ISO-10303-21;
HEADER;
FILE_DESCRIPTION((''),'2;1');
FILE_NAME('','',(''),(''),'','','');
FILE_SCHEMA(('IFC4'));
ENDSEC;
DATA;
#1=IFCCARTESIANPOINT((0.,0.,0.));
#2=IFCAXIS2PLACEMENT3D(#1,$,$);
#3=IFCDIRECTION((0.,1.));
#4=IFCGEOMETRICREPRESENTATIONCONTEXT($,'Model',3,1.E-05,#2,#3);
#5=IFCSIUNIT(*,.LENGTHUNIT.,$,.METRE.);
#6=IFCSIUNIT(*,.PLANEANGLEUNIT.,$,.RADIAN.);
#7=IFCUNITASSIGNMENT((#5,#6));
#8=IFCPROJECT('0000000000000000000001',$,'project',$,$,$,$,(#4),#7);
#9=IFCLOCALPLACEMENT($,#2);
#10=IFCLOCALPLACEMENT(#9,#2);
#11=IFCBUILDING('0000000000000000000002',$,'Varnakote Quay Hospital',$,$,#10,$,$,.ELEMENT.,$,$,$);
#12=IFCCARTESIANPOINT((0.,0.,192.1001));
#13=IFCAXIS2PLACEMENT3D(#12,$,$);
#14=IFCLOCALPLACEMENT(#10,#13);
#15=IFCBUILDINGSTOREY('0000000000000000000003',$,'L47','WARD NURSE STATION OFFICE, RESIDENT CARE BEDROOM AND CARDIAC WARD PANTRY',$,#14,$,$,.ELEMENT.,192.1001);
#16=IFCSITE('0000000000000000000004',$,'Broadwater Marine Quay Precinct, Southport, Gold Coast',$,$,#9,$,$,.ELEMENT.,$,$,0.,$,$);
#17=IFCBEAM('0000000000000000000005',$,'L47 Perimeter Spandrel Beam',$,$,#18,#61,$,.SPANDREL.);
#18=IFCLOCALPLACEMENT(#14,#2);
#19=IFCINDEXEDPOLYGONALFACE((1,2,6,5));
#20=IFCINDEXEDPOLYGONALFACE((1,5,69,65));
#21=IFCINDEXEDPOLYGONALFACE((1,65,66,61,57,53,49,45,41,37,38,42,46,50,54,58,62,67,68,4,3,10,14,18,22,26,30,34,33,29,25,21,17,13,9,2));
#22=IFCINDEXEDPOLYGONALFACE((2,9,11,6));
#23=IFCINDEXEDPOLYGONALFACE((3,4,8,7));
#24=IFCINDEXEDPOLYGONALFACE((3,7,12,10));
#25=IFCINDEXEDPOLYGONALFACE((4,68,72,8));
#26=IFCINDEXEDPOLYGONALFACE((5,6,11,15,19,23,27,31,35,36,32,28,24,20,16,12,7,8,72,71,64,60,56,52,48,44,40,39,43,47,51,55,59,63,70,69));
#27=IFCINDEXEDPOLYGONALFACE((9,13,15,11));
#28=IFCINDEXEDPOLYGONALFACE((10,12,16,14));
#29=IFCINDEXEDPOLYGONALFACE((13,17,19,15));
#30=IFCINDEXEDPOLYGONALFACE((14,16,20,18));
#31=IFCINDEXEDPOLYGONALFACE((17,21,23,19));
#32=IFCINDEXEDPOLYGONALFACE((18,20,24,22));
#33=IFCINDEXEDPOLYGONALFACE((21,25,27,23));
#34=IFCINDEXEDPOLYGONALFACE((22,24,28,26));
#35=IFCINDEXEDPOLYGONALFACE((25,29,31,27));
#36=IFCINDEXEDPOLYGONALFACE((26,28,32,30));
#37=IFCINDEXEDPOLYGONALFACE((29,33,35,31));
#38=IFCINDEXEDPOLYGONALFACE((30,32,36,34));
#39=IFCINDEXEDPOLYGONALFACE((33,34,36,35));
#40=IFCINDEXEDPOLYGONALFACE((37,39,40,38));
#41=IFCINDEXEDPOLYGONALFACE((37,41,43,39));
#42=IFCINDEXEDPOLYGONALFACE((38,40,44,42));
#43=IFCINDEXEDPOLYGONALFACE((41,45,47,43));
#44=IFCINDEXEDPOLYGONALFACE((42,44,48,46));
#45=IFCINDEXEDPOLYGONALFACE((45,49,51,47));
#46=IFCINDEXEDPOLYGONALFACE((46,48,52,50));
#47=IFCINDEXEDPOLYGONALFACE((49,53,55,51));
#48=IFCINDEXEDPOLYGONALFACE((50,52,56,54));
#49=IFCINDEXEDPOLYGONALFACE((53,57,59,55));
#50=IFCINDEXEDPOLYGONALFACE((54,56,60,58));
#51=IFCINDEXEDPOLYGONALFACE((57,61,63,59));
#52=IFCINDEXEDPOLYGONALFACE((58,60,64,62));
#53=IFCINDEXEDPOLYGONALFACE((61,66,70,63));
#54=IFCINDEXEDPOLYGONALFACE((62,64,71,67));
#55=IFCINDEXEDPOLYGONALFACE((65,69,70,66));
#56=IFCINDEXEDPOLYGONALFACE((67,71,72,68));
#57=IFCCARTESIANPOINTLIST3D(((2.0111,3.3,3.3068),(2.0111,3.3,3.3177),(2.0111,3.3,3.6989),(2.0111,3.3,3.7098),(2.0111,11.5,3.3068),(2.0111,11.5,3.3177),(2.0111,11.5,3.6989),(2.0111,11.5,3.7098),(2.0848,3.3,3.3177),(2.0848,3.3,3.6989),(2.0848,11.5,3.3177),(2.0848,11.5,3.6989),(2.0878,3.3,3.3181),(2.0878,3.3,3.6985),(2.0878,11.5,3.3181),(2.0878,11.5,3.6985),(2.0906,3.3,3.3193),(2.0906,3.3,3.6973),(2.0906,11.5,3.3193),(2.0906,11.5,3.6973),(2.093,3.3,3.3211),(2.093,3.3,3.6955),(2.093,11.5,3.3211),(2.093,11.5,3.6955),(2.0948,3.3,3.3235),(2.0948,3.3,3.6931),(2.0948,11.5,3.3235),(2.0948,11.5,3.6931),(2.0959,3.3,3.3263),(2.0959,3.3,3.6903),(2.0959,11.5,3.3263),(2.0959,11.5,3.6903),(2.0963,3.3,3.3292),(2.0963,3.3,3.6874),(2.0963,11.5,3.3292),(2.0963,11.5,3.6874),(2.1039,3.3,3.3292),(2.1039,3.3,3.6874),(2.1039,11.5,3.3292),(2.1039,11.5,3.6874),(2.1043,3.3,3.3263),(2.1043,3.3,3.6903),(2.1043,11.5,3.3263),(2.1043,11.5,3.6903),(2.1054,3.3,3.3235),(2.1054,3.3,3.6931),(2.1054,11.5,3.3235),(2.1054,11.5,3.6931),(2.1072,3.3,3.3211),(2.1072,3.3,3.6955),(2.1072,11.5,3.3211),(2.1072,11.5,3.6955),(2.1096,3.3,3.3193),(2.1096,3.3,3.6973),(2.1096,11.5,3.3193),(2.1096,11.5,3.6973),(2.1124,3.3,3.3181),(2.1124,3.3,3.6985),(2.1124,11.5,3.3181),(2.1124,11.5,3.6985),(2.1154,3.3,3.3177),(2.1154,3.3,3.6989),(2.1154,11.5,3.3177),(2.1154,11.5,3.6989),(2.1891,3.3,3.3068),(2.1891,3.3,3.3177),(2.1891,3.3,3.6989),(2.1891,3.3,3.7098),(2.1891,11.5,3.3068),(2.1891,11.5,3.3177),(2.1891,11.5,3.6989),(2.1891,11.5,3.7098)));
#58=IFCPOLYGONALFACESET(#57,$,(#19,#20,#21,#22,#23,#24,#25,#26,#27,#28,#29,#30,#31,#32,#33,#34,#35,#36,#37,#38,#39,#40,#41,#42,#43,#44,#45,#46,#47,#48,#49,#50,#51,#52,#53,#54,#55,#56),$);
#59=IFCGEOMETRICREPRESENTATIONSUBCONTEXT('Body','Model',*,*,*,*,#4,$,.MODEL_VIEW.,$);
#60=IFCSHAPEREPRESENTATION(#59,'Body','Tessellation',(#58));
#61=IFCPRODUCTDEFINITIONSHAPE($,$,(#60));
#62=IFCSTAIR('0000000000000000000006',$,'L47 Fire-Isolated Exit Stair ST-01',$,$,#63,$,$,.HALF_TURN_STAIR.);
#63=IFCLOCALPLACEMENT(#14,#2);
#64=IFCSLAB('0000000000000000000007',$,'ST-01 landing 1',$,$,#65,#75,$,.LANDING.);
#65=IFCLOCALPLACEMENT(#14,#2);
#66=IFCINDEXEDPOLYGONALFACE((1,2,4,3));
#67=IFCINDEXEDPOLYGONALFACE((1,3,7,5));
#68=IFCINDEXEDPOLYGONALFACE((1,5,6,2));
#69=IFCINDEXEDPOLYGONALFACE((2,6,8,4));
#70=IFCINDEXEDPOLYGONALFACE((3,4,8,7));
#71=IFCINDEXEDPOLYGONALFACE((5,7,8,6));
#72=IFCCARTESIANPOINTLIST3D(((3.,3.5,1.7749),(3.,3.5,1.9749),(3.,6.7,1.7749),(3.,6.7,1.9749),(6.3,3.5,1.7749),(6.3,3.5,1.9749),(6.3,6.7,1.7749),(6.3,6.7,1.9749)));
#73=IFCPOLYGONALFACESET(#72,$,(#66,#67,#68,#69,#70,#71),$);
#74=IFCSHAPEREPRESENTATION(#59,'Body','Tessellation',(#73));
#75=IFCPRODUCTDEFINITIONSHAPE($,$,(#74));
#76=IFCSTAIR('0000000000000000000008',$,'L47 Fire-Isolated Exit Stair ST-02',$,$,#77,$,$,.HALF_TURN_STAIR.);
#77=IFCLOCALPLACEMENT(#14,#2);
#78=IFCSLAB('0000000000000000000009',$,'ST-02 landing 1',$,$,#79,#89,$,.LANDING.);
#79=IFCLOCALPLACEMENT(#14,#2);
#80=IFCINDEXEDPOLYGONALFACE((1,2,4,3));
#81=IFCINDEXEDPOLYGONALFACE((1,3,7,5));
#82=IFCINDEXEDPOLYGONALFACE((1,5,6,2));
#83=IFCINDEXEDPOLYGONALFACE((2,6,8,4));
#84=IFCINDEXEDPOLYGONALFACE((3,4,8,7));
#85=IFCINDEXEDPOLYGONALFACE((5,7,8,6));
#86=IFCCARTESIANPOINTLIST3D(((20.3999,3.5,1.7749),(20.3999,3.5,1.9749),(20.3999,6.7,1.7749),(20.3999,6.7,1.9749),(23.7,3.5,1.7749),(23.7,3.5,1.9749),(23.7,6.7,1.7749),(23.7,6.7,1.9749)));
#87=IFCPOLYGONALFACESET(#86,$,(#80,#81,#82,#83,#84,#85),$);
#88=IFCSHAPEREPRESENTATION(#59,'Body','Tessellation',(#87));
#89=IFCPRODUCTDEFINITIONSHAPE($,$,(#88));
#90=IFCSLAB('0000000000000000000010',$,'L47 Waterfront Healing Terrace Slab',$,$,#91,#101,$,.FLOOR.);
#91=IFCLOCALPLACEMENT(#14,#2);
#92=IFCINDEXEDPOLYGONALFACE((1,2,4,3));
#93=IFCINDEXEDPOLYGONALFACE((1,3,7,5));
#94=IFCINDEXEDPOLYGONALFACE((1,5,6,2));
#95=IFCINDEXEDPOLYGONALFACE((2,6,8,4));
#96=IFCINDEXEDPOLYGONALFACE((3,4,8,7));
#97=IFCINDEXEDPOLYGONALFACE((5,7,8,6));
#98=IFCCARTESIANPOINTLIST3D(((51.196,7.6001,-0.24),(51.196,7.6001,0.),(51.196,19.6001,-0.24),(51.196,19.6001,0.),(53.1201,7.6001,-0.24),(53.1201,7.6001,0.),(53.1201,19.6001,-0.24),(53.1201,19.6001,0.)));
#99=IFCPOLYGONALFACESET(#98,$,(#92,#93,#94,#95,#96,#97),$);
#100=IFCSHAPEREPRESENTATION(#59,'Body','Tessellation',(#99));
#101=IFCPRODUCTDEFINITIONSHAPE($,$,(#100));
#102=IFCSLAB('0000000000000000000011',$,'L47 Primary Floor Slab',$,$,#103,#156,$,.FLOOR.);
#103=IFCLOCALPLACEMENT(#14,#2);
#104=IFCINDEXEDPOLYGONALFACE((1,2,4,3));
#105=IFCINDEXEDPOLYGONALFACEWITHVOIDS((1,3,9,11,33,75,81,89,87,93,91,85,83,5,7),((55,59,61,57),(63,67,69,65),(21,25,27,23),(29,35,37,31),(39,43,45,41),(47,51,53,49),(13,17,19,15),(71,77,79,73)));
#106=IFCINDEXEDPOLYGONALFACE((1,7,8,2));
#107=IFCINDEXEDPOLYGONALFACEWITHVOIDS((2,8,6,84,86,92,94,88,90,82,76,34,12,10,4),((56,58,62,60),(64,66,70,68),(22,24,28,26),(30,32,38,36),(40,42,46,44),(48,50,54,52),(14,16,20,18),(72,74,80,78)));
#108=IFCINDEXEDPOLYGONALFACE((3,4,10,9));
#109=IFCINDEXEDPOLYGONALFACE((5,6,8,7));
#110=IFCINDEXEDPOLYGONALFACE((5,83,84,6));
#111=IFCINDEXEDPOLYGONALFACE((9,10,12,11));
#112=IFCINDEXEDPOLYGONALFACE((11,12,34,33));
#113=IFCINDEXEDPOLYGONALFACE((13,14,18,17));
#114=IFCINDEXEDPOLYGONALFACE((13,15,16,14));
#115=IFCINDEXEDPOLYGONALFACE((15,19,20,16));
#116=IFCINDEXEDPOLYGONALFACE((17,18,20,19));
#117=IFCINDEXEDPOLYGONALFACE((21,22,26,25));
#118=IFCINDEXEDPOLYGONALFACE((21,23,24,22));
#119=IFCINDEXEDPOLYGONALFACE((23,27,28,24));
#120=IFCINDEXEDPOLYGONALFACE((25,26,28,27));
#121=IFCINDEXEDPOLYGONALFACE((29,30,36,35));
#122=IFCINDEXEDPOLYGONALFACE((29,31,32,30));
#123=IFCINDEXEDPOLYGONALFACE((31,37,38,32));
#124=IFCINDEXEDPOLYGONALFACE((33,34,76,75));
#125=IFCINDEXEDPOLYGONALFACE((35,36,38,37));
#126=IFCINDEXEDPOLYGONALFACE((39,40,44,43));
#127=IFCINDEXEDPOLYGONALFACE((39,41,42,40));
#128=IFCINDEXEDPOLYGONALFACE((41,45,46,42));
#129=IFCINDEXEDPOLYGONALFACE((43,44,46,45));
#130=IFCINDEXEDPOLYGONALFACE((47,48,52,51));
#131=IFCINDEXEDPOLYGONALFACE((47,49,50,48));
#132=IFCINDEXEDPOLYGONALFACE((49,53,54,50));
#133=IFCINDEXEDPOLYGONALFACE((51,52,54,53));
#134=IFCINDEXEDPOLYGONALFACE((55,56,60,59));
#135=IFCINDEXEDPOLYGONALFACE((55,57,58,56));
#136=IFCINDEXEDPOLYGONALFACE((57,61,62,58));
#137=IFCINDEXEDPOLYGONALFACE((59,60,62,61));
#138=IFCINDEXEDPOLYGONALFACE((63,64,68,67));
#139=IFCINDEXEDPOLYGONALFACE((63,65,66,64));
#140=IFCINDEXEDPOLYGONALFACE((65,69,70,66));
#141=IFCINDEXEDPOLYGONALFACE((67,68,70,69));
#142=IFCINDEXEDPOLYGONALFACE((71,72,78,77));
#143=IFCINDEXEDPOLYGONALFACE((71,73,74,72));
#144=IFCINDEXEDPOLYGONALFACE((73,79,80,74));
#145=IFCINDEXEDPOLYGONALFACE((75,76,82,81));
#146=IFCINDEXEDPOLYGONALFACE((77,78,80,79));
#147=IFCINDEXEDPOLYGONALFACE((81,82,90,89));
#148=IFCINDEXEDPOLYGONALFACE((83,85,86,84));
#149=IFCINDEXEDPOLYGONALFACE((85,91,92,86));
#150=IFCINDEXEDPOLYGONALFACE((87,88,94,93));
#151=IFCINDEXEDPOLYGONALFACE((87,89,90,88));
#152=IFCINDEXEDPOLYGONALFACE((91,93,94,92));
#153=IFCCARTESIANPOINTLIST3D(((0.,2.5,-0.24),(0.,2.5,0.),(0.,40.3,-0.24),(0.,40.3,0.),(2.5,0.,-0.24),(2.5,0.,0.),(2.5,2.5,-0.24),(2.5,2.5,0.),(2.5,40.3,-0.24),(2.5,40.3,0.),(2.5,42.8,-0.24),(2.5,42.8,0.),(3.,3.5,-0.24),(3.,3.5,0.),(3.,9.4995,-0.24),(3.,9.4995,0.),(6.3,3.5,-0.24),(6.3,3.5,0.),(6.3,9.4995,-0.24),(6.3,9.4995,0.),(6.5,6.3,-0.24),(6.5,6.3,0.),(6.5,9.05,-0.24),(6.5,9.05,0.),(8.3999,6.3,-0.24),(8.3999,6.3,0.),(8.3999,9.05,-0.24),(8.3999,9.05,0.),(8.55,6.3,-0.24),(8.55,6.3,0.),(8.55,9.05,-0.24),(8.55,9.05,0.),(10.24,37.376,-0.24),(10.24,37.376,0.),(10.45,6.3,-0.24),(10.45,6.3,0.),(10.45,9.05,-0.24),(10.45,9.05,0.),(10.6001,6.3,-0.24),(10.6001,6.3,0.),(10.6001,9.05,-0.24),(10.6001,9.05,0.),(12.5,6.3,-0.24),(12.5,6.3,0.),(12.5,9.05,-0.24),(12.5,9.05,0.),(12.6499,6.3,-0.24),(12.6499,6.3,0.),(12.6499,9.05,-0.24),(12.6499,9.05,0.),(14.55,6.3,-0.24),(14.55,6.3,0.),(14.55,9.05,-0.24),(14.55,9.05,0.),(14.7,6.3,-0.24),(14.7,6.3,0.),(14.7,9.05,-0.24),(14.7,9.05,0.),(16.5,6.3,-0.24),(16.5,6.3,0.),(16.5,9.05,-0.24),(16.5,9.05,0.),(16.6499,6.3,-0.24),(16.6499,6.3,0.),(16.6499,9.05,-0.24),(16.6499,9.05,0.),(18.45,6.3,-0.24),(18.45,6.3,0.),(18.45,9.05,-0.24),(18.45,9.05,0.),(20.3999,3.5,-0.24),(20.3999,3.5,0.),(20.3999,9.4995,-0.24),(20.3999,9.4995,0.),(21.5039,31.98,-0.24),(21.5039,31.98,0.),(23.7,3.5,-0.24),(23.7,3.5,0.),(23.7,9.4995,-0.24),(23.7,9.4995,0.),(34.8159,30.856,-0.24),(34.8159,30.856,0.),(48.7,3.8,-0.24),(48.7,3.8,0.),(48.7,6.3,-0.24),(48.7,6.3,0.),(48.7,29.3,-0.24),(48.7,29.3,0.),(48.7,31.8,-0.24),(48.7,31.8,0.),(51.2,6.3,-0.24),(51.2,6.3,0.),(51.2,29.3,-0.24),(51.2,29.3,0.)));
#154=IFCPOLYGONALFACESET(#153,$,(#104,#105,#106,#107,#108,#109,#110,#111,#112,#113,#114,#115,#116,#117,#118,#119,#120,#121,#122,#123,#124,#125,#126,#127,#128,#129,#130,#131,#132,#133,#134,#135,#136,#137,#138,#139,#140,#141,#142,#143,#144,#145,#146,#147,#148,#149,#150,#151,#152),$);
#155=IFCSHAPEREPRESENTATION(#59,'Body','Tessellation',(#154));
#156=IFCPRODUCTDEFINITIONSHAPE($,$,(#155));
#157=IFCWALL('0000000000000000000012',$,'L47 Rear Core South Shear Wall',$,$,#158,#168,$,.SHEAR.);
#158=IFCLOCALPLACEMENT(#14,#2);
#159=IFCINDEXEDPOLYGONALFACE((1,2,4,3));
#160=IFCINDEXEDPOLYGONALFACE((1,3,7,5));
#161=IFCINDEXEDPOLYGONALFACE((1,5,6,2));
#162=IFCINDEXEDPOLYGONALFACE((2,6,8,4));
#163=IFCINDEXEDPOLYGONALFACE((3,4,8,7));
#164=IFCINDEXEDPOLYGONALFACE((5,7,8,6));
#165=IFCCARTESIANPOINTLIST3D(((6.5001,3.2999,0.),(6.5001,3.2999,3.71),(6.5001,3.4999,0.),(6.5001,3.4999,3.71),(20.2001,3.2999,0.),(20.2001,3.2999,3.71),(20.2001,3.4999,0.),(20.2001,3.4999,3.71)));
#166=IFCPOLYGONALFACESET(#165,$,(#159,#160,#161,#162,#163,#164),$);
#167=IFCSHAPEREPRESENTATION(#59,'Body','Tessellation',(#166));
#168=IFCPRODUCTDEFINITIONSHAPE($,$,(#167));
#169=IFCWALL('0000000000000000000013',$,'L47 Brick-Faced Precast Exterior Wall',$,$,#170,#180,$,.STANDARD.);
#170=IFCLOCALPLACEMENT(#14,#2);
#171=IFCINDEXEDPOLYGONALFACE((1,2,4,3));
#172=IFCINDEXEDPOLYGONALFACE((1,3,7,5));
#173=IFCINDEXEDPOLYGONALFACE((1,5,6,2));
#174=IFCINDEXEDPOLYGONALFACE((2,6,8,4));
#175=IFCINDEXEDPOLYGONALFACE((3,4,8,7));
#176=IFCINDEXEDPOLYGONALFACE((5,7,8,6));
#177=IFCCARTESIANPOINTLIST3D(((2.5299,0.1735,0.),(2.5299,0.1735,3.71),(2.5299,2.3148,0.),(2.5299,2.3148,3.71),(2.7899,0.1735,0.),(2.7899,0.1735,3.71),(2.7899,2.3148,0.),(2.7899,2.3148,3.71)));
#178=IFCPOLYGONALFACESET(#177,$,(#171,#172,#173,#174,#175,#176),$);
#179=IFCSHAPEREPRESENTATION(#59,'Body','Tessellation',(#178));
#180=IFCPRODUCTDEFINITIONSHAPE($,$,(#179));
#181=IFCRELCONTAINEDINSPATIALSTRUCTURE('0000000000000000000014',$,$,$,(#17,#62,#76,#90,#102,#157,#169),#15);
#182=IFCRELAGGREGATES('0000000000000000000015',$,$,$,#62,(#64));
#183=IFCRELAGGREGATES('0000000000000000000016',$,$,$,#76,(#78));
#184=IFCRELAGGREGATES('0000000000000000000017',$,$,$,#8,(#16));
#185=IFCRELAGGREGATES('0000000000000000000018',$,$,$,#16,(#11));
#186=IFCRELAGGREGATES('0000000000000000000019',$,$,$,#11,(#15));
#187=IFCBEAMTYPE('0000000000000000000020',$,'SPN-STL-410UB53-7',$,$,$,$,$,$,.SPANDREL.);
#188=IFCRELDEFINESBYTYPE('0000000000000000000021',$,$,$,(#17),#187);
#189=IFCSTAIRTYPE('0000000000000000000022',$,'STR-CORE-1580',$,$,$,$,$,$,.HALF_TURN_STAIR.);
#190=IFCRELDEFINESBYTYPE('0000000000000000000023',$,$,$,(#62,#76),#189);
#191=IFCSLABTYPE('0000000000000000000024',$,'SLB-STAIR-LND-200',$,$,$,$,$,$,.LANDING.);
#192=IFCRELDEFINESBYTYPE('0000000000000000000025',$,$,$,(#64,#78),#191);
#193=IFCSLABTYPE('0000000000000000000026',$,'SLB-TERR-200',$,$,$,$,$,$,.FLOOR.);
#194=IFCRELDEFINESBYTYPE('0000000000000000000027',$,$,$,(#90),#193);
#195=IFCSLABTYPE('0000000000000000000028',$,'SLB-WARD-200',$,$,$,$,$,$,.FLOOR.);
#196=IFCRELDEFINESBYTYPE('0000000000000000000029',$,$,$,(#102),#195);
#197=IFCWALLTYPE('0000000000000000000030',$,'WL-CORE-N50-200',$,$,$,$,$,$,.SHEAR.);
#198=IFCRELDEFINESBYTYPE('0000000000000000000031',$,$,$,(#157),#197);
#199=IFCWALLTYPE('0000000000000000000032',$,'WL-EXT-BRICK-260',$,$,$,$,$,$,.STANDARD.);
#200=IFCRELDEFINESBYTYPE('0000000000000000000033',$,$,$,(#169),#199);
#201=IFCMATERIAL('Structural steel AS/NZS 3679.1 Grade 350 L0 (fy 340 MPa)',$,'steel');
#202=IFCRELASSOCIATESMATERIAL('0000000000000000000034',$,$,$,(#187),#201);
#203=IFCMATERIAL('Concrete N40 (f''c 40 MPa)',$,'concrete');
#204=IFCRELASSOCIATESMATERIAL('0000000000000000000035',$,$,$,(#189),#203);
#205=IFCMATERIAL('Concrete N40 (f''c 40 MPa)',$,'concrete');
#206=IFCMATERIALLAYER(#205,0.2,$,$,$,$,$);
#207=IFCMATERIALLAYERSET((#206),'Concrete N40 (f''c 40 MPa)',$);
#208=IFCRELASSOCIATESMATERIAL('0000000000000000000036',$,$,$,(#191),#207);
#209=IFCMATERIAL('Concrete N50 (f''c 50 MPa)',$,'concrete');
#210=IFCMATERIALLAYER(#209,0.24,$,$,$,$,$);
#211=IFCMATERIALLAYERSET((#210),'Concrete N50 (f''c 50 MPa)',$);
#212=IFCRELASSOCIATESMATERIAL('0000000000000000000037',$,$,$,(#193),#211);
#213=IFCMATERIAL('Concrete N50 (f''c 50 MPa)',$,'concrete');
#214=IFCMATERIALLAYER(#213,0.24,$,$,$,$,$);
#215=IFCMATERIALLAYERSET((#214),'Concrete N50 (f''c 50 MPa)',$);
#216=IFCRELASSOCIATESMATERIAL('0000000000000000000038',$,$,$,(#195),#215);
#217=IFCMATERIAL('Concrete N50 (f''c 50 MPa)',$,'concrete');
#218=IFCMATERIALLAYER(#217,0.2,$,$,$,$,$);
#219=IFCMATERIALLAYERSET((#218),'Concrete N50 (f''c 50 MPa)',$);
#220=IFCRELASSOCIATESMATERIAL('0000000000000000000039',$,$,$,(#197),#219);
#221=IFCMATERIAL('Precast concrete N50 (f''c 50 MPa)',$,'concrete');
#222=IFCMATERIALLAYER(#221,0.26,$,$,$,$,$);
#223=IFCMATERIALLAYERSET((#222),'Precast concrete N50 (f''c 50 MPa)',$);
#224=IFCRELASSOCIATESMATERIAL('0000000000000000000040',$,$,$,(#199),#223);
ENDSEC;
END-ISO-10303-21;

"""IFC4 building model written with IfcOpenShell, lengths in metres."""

from ifc_helpers import new_model, si_unit, direction, frame, frame_2d, origin, origin_2d, place, context, subcontext, project, spatial, polyline, rectangle, i_section, outline, extrude, material, layer, layer_set, material_profile, profile_set, type_object, element, aggregate, save


model = new_model("IFC4")

# Units and contexts
model_context = context("Model", 3, precision=1e-05, world=origin(), true_north=direction((0.0, 1.0)))
body_context = subcontext(model_context, "Body", "Model", "MODEL_VIEW")
ifc_project = project(units=[si_unit("LENGTHUNIT", "METRE"), si_unit("PLANEANGLEUNIT", "RADIAN")], contexts=[model_context])

# Site, building, storey
site_placement = place(None, origin())
site = spatial("IfcSite", under=ifc_project, at=site_placement, Name="Broadwater Marine Quay Precinct, Southport, Gold Coast", CompositionType="ELEMENT", RefElevation=0.0)
building_placement = place(site_placement, origin())
building = spatial("IfcBuilding", under=site, at=building_placement, Name="Varnakote Quay Hospital", CompositionType="ELEMENT")
storey_placement = place(building_placement, frame((0.0, 0.0, 192.1001)))
storey = spatial("IfcBuildingStorey", under=building, at=storey_placement, Name="L47", Description="WARD NURSE STATION OFFICE, RESIDENT CARE BEDROOM AND CARDIAC WARD PANTRY", CompositionType="ELEMENT", Elevation=192.1001)

# Beam
ifc_material_1 = material(Name="Structural steel AS/NZS 3679.1 Grade 350 L0 (fy 340 MPa)", Category="steel")
ifc_material_profile_1 = material_profile(ifc_material_1, i_section(OverallWidth=0.178, OverallDepth=0.4031, WebThickness=0.0076, FlangeThickness=0.011, FilletRadius=0.0115, at=origin_2d()), Name="410UB53.7")
ifc_profile_set_1 = profile_set([ifc_material_profile_1], Name="Structural steel AS/NZS 3679.1 Grade 350 L0 (fy 340 MPa)")
beam_type_1 = type_object("IfcBeamType", Name="SPN-STL-410UB53-7", PredefinedType="SPANDREL", material=ifc_profile_set_1)
beam_1_placement = place(storey_placement, frame((2.1001, 3.3, 3.5083), z_axis=(0.0, 1.0, 0.0), x_axis=(-1.0, 0.0, 0.0)))
element("IfcBeam", 1, at=beam_1_placement, inside=storey, type_object=beam_type_1, Name="L47 Perimeter Spandrel Beam", PredefinedType="SPANDREL", context=body_context, shape_type="SweptSolid", body=[
    extrude(i_section(OverallWidth=0.178, OverallDepth=0.4031, WebThickness=0.0076, FlangeThickness=0.011, FilletRadius=0.0115, at=origin_2d()), origin(), (0.0, 0.0, 1.0), 8.2),
])

# Stairs, slabs
ifc_material_2 = material(Name="Concrete N40 (f'c 40 MPa)", Category="concrete")
stair_type = type_object("IfcStairType", Name="STR-CORE-1580", PredefinedType="HALF_TURN_STAIR", material=ifc_material_2)
stair_1_placement = place(storey_placement, origin())
stair_1 = element("IfcStair", 2, at=stair_1_placement, inside=storey, type_object=stair_type, Name="L47 Fire-Isolated Exit Stair ST-01", PredefinedType="HALF_TURN_STAIR")
ifc_material_3 = material(Name="Concrete N40 (f'c 40 MPa)", Category="concrete")
ifc_layer_1 = layer(ifc_material_3, 0.2)
ifc_layer_set_1 = layer_set([ifc_layer_1], Name="Concrete N40 (f'c 40 MPa)")
slab_type_1 = type_object("IfcSlabType", Name="SLB-STAIR-LND-200", PredefinedType="LANDING", material=ifc_layer_set_1)
slab_1_placement = place(storey_placement, frame((0.0, 0.0, 1.7749)))
slab_1 = element("IfcSlab", 3, at=slab_1_placement, type_object=slab_type_1, Name="ST-01 landing 1", PredefinedType="LANDING", context=body_context, shape_type="SweptSolid", body=[
    extrude(outline(polyline([(3.0, 6.7), (3.0, 3.5), (6.3, 3.5), (6.3, 6.7), (3.0, 6.7)])), origin(), (0.0, 0.0, 1.0), 0.2),
])
aggregate(stair_1, [slab_1])
stair_2_placement = place(storey_placement, origin())
stair_2 = element("IfcStair", 4, at=stair_2_placement, inside=storey, type_object=stair_type, Name="L47 Fire-Isolated Exit Stair ST-02", PredefinedType="HALF_TURN_STAIR")
slab_2_placement = place(storey_placement, frame((0.0, 0.0, 1.7749)))
slab_2 = element("IfcSlab", 5, at=slab_2_placement, type_object=slab_type_1, Name="ST-02 landing 1", PredefinedType="LANDING", context=body_context, shape_type="SweptSolid", body=[
    extrude(outline(polyline([(20.3999, 6.7), (20.3999, 3.5), (23.7, 3.5), (23.7, 6.7), (20.3999, 6.7)])), origin(), (0.0, 0.0, 1.0), 0.2),
])
aggregate(stair_2, [slab_2])

# Slabs
ifc_material_4 = material(Name="Concrete N50 (f'c 50 MPa)", Category="concrete")
ifc_layer_2 = layer(ifc_material_4, 0.24)
ifc_layer_set_2 = layer_set([ifc_layer_2], Name="Concrete N50 (f'c 50 MPa)")
slab_type_2 = type_object("IfcSlabType", Name="SLB-TERR-200", PredefinedType="FLOOR", material=ifc_layer_set_2)
slab_3_placement = place(storey_placement, frame((0.0, 0.0, -0.24)))
element("IfcSlab", 6, at=slab_3_placement, inside=storey, type_object=slab_type_2, Name="L47 Waterfront Healing Terrace Slab", PredefinedType="FLOOR", context=body_context, shape_type="SweptSolid", body=[
    extrude(outline(polyline([(51.196, 19.6001), (51.196, 7.6001), (53.1201, 7.6001), (53.1201, 19.6001), (51.196, 19.6001)])), origin(), (0.0, 0.0, 1.0), 0.24),
])
ifc_material_5 = material(Name="Concrete N50 (f'c 50 MPa)", Category="concrete")
ifc_layer_3 = layer(ifc_material_5, 0.24)
ifc_layer_set_3 = layer_set([ifc_layer_3], Name="Concrete N50 (f'c 50 MPa)")
slab_type_3 = type_object("IfcSlabType", Name="SLB-WARD-200", PredefinedType="FLOOR", material=ifc_layer_set_3)
slab_4_placement = place(storey_placement, frame((0.0, 0.0, -0.24)))
element("IfcSlab", 7, at=slab_4_placement, inside=storey, type_object=slab_type_3, Name="L47 Primary Floor Slab", PredefinedType="FLOOR", context=body_context, shape_type="SweptSolid", body=[
    extrude(outline(polyline([(0.0, 2.5), (2.5, 2.5), (2.5, 0.0), (48.7, 3.8), (48.7, 6.3), (51.2, 6.3), (51.2, 29.3), (48.7, 29.3), (48.7, 31.8), (34.8159, 30.856), (21.5039, 31.98), (10.24, 37.376), (2.5, 42.8), (2.5, 40.3), (0.0, 40.3), (0.0, 2.5)]), holes=[polyline([(3.0, 3.5), (6.3, 3.5), (6.3, 9.4995), (3.0, 9.4995), (3.0, 3.5)]), polyline([(20.3999, 3.5), (23.7, 3.5), (23.7, 9.4995), (20.3999, 9.4995), (20.3999, 3.5)]), polyline([(6.5, 6.3), (8.3999, 6.3), (8.3999, 9.05), (6.5, 9.05), (6.5, 6.3)]), polyline([(8.55, 6.3), (10.45, 6.3), (10.45, 9.05), (8.55, 9.05), (8.55, 6.3)]), polyline([(10.6001, 6.3), (12.5, 6.3), (12.5, 9.05), (10.6001, 9.05), (10.6001, 6.3)]), polyline([(12.6499, 6.3), (14.55, 6.3), (14.55, 9.05), (12.6499, 9.05), (12.6499, 6.3)]), polyline([(14.7, 6.3), (16.5, 6.3), (16.5, 9.05), (14.7, 9.05), (14.7, 6.3)]), polyline([(16.6499, 6.3), (18.45, 6.3), (18.45, 9.05), (16.6499, 9.05), (16.6499, 6.3)])]), origin(), (0.0, 0.0, 1.0), 0.24),
])

# Walls
ifc_material_6 = material(Name="Concrete N50 (f'c 50 MPa)", Category="concrete")
ifc_layer_4 = layer(ifc_material_6, 0.2)
ifc_layer_set_4 = layer_set([ifc_layer_4], Name="Concrete N50 (f'c 50 MPa)")
wall_type_1 = type_object("IfcWallType", Name="WL-CORE-N50-200", PredefinedType="SHEAR", material=ifc_layer_set_4)
wall_1_placement = place(storey_placement, frame((6.5, 3.3999, 0.0), z_axis=(0.0, 0.0, 1.0), x_axis=(1.0, 0.0, 0.0)))
element("IfcWall", 8, at=wall_1_placement, inside=storey, type_object=wall_type_1, Name="L47 Rear Core South Shear Wall", PredefinedType="SHEAR", context=body_context, shape_type="SweptSolid", body=[
    extrude(rectangle(XDim=13.7, YDim=0.2, at=frame_2d((6.8501, 0.0))), origin(), (0.0, 0.0, 1.0), 3.71),
])
ifc_material_7 = material(Name="Precast concrete N50 (f'c 50 MPa)", Category="concrete")
ifc_layer_5 = layer(ifc_material_7, 0.26)
ifc_layer_set_5 = layer_set([ifc_layer_5], Name="Precast concrete N50 (f'c 50 MPa)")
wall_type_2 = type_object("IfcWallType", Name="WL-EXT-BRICK-260", PredefinedType="STANDARD", material=ifc_layer_set_5)
wall_2_placement = place(storey_placement, frame((2.6599, 2.3149, 0.0), z_axis=(0.0, 0.0, 1.0), x_axis=(0.0, -1.0, 0.0)))
element("IfcWall", 9, at=wall_2_placement, inside=storey, type_object=wall_type_2, Name="L47 Brick-Faced Precast Exterior Wall", PredefinedType="STANDARD", context=body_context, shape_type="SweptSolid", body=[
    extrude(rectangle(XDim=2.1414, YDim=0.26, at=frame_2d((1.0708, 0.0))), origin(), (0.0, 0.0, 1.0), 3.71),
])

save(model, "model.ifc")
